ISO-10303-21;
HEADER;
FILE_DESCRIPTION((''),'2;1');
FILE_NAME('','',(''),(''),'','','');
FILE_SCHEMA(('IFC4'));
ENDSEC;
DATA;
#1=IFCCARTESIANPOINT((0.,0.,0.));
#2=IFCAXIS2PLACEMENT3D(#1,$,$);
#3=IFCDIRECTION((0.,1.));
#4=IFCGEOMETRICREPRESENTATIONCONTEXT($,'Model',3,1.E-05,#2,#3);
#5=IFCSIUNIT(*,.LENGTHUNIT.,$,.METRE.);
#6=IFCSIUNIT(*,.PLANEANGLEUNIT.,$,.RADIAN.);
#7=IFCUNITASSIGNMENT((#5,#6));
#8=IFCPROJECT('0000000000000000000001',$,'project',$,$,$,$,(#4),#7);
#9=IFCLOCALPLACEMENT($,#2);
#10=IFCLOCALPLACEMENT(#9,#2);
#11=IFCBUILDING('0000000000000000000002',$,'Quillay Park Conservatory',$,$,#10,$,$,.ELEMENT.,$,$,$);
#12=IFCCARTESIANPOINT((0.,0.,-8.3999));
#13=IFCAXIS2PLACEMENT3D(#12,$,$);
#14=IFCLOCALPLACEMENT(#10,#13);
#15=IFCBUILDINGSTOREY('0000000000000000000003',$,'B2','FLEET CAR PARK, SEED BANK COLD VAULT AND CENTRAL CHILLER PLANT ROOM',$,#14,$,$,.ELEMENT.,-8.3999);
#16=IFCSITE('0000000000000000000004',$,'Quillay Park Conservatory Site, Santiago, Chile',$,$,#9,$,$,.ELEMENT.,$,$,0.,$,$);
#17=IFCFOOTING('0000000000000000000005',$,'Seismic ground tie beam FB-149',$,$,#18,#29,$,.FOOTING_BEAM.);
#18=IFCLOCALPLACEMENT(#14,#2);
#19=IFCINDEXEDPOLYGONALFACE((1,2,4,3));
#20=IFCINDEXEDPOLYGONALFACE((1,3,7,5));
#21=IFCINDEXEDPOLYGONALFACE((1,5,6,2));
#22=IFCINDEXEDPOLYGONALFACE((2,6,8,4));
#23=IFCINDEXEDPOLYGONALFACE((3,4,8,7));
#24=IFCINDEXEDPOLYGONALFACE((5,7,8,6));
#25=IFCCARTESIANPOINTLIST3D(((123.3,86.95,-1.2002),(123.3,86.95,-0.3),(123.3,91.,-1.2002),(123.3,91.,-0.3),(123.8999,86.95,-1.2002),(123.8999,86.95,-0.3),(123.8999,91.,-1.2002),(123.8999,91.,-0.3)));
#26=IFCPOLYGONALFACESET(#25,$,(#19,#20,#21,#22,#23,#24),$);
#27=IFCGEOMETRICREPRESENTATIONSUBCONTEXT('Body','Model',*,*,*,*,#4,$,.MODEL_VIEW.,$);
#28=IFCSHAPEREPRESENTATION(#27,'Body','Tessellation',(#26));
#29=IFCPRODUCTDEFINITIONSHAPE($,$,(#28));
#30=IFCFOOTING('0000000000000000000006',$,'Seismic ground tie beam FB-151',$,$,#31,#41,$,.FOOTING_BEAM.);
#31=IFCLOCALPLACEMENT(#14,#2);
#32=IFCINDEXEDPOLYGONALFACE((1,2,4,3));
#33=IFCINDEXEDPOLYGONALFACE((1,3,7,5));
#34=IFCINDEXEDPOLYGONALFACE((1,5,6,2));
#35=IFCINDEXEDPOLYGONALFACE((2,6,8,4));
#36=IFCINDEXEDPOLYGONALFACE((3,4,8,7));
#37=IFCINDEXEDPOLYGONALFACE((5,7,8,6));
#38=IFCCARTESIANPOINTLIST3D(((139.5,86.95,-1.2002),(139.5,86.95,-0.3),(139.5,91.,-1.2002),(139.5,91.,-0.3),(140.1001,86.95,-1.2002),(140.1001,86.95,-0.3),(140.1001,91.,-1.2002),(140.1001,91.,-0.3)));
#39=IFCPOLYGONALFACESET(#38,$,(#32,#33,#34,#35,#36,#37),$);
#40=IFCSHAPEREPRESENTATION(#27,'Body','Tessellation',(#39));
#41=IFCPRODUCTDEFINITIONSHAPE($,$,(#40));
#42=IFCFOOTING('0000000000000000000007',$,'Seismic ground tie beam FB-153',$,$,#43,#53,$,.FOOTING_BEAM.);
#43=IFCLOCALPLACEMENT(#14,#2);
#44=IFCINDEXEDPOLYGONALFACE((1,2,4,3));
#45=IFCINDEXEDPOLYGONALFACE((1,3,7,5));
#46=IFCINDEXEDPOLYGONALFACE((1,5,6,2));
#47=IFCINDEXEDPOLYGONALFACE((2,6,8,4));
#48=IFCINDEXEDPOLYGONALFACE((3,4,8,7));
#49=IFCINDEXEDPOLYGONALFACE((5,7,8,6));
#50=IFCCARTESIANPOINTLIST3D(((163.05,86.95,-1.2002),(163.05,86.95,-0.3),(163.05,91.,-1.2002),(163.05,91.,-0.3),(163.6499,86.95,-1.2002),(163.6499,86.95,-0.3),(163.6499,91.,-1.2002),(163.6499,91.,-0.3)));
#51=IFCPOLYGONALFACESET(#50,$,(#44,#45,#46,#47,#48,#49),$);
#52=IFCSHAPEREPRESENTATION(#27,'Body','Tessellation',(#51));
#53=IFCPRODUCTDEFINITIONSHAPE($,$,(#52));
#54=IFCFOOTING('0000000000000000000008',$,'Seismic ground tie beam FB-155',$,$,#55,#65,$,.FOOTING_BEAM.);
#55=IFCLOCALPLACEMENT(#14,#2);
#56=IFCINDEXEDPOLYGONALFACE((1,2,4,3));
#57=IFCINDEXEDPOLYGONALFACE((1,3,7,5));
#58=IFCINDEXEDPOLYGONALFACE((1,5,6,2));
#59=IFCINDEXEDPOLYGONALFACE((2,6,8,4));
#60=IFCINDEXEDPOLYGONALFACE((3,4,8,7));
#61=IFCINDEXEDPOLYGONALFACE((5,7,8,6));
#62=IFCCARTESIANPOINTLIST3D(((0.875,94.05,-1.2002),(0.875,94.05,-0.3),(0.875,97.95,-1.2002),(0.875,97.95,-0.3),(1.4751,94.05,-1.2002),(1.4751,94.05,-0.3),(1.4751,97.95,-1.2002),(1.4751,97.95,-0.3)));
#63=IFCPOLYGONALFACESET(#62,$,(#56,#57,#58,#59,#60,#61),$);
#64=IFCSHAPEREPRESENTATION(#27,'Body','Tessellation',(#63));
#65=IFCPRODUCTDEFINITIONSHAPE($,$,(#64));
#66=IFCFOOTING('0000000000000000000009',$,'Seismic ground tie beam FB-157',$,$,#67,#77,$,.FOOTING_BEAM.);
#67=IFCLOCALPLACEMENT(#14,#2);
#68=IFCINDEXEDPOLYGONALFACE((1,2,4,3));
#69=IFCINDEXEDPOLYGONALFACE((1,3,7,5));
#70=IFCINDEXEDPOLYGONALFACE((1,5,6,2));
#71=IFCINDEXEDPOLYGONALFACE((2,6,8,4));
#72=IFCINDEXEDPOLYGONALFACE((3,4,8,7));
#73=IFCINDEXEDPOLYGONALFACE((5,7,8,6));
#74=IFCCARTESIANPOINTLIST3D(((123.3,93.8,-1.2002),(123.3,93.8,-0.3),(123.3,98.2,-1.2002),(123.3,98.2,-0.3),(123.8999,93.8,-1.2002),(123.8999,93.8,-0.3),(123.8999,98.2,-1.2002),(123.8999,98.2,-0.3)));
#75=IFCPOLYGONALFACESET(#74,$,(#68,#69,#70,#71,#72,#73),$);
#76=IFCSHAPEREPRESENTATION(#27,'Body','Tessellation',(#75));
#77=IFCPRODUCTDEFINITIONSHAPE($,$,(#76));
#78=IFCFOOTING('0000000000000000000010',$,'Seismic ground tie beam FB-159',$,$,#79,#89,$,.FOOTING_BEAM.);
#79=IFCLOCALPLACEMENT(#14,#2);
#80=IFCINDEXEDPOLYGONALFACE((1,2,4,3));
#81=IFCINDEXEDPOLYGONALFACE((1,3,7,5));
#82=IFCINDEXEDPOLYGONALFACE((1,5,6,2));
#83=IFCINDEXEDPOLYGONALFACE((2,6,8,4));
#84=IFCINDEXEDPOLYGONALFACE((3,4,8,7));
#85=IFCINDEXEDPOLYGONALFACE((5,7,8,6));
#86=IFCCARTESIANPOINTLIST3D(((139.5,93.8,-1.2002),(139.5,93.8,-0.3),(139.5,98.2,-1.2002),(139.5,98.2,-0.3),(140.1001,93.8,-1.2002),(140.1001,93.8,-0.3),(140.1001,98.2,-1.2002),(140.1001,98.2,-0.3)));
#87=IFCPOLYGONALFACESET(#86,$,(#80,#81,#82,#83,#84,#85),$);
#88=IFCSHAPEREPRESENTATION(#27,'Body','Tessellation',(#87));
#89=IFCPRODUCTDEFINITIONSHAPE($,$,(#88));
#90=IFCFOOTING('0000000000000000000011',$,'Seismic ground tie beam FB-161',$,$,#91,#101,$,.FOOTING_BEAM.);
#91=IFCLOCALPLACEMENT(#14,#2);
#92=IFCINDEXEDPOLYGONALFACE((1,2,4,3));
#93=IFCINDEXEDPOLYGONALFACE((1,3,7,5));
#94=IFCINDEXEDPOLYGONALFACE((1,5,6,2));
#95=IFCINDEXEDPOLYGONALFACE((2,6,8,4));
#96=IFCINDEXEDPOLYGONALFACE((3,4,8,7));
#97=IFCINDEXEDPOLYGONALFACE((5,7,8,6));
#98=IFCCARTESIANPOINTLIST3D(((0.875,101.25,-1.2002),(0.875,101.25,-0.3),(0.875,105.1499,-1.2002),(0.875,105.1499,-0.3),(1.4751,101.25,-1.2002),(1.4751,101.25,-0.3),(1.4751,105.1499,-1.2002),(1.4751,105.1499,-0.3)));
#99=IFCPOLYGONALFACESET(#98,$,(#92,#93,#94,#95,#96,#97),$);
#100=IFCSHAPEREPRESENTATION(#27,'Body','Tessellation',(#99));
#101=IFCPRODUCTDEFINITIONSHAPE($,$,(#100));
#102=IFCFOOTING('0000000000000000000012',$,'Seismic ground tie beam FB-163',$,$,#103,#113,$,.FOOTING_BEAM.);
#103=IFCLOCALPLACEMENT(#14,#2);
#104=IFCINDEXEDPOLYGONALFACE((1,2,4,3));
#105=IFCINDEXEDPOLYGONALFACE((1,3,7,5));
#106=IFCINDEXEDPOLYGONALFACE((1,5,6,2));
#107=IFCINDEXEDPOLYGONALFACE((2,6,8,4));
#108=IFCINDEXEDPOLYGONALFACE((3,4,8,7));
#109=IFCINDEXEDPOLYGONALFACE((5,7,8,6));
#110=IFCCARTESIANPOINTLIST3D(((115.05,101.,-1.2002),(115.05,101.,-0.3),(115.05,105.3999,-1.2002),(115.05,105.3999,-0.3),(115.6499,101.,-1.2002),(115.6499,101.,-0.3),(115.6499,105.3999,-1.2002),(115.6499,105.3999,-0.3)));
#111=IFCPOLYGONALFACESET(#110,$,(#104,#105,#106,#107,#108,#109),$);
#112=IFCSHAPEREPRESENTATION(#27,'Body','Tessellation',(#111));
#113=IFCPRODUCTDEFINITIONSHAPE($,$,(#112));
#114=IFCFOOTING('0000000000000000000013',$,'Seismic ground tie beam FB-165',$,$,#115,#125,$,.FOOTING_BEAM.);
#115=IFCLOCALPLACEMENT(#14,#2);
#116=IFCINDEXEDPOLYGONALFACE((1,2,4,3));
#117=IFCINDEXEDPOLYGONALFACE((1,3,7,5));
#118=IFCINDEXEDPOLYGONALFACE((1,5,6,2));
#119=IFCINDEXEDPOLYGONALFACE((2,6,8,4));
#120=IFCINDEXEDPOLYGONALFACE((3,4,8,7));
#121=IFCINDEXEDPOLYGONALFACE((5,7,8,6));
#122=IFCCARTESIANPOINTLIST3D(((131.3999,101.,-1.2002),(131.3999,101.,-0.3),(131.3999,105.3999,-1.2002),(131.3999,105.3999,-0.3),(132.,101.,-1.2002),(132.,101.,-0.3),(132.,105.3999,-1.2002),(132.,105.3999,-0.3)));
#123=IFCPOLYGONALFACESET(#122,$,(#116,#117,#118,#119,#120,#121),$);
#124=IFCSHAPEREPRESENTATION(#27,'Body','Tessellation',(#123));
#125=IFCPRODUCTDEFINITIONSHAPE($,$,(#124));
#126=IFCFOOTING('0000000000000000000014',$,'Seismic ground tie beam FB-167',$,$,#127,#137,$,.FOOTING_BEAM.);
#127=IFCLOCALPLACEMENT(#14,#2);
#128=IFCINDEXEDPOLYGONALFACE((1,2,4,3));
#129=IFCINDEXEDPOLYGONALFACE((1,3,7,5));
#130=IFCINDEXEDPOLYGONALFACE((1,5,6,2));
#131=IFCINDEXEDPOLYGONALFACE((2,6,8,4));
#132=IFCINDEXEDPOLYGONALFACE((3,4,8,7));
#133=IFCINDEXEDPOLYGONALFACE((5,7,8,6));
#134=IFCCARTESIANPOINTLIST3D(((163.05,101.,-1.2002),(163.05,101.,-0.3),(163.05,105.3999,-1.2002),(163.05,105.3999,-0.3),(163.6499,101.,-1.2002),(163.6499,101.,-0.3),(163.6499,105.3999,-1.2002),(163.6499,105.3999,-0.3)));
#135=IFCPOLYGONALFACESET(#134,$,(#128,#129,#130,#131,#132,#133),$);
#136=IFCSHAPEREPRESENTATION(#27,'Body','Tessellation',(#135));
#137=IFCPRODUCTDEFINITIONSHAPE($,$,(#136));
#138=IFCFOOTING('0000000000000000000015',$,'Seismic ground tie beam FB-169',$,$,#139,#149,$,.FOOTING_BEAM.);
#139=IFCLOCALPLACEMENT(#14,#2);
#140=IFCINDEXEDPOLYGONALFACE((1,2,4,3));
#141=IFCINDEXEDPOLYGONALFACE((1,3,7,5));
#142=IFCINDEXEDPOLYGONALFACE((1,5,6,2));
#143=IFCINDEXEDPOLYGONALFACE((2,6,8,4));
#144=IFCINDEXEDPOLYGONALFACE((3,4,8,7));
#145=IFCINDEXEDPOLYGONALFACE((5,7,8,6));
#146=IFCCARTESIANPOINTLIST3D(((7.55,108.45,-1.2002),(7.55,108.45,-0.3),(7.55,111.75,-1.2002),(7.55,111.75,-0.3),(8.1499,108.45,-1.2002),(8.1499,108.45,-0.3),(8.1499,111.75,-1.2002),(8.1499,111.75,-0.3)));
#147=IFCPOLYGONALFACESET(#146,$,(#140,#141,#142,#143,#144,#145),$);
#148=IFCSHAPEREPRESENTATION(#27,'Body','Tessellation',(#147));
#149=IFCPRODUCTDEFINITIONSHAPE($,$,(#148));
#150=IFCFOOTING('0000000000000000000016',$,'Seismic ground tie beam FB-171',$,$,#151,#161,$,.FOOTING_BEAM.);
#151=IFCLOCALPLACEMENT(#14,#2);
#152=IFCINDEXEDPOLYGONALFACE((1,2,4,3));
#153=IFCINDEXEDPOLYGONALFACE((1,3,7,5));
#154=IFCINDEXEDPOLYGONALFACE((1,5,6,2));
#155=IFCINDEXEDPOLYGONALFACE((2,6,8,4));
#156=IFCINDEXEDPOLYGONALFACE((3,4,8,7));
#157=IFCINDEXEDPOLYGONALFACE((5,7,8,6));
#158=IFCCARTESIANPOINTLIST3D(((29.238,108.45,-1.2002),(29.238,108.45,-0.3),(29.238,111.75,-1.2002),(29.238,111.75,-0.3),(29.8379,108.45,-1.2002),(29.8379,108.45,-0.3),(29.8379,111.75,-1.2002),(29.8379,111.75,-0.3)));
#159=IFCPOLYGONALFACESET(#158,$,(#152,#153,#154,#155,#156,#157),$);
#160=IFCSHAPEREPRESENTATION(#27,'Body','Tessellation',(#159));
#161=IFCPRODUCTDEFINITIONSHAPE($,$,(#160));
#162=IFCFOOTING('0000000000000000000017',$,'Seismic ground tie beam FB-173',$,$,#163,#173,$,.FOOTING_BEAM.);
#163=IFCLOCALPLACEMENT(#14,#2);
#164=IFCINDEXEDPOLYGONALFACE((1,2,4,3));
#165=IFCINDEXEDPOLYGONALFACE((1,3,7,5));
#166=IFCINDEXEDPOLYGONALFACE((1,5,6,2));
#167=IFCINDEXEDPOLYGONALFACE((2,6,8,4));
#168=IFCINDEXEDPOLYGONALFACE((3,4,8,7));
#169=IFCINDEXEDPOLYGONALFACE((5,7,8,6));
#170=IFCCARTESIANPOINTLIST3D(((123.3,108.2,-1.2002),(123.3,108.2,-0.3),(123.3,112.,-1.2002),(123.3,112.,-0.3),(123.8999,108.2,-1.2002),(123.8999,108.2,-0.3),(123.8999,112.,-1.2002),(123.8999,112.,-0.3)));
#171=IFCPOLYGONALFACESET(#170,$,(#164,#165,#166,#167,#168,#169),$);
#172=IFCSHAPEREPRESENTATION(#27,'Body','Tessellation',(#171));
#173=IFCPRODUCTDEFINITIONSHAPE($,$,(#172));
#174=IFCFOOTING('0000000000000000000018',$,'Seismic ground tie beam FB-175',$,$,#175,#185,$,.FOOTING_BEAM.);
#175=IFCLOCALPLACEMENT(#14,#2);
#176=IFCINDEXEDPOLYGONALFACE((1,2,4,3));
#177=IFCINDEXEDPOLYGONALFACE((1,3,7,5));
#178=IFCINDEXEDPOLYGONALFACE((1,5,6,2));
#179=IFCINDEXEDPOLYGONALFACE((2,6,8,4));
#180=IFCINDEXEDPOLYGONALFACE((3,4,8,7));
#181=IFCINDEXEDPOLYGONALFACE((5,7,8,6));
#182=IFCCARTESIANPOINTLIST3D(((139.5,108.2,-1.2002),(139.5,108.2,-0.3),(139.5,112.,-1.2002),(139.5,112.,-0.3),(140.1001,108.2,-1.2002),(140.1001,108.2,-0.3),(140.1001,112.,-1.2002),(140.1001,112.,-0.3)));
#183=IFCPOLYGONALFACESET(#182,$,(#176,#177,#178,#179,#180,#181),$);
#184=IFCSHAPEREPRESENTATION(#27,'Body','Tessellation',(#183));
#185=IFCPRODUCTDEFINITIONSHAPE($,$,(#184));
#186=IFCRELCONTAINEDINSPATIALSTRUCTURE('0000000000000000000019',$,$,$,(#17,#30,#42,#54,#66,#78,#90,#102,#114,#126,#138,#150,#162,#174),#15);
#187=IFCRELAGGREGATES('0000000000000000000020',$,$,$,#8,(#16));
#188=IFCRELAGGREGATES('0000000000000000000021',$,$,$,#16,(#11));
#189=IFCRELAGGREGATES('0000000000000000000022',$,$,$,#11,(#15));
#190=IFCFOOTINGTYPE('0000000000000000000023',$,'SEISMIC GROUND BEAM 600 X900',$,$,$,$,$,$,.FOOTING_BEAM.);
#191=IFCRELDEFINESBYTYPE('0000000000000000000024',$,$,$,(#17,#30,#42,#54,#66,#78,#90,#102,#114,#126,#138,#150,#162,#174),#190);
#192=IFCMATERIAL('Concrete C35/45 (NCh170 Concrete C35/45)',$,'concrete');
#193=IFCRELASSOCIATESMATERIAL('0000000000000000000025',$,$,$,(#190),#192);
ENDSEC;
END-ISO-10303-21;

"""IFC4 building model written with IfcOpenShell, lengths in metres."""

from ifc_helpers import new_model, si_unit, direction, frame, origin, place, context, subcontext, project, spatial, polyline, outline, extrude, material, type_object, element, save


model = new_model("IFC4")

# Units and contexts
model_context = context("Model", 3, precision=1e-05, world=origin(), true_north=direction((0.0, 1.0)))
body_context = subcontext(model_context, "Body", "Model", "MODEL_VIEW")
ifc_project = project(units=[si_unit("LENGTHUNIT", "METRE"), si_unit("PLANEANGLEUNIT", "RADIAN")], contexts=[model_context])

# Site, building, storey
site_placement = place(None, origin())
site = spatial("IfcSite", under=ifc_project, at=site_placement, Name="Quillay Park Conservatory Site, Santiago, Chile", CompositionType="ELEMENT", RefElevation=0.0)
building_placement = place(site_placement, origin())
building = spatial("IfcBuilding", under=site, at=building_placement, Name="Quillay Park Conservatory", CompositionType="ELEMENT")
storey_placement = place(building_placement, frame((0.0, 0.0, -8.3999)))
storey = spatial("IfcBuildingStorey", under=building, at=storey_placement, Name="B2", Description="FLEET CAR PARK, SEED BANK COLD VAULT AND CENTRAL CHILLER PLANT ROOM", CompositionType="ELEMENT", Elevation=-8.3999)

# Footings
ifc_material_1 = material(Name="Concrete C35/45 (NCh170 Concrete C35/45)", Category="concrete")
footing_type_1 = type_object("IfcFootingType", Name="SEISMIC GROUND BEAM 600 X900", PredefinedType="FOOTING_BEAM", material=ifc_material_1)
footing_1_placement = place(storey_placement, frame((0.0, 0.0, -1.2002)))
element("IfcFooting", 1, at=footing_1_placement, inside=storey, type_object=footing_type_1, Name="Seismic ground tie beam FB-149", PredefinedType="FOOTING_BEAM", context=body_context, shape_type="SweptSolid", body=[
    extrude(outline(polyline([(123.3, 86.95), (123.8999, 86.95), (123.8999, 91.0), (123.3, 91.0), (123.3, 86.95)])), origin(), (0.0, 0.0, 1.0), 0.9001),
])
footing_2_placement = place(storey_placement, frame((0.0, 0.0, -1.2002)))
element("IfcFooting", 2, at=footing_2_placement, inside=storey, type_object=footing_type_1, Name="Seismic ground tie beam FB-151", PredefinedType="FOOTING_BEAM", context=body_context, shape_type="SweptSolid", body=[
    extrude(outline(polyline([(139.5, 86.95), (140.1001, 86.95), (140.1001, 91.0), (139.5, 91.0), (139.5, 86.95)])), origin(), (0.0, 0.0, 1.0), 0.9001),
])
footing_3_placement = place(storey_placement, frame((0.0, 0.0, -1.2002)))
element("IfcFooting", 3, at=footing_3_placement, inside=storey, type_object=footing_type_1, Name="Seismic ground tie beam FB-153", PredefinedType="FOOTING_BEAM", context=body_context, shape_type="SweptSolid", body=[
    extrude(outline(polyline([(163.05, 86.95), (163.6499, 86.95), (163.6499, 91.0), (163.05, 91.0), (163.05, 86.95)])), origin(), (0.0, 0.0, 1.0), 0.9001),
])
footing_4_placement = place(storey_placement, frame((0.0, 0.0, -1.2002)))
element("IfcFooting", 4, at=footing_4_placement, inside=storey, type_object=footing_type_1, Name="Seismic ground tie beam FB-155", PredefinedType="FOOTING_BEAM", context=body_context, shape_type="SweptSolid", body=[
    extrude(outline(polyline([(0.875, 94.05), (1.4751, 94.05), (1.4751, 97.95), (0.875, 97.95), (0.875, 94.05)])), origin(), (0.0, 0.0, 1.0), 0.9001),
])
footing_5_placement = place(storey_placement, frame((0.0, 0.0, -1.2002)))
element("IfcFooting", 5, at=footing_5_placement, inside=storey, type_object=footing_type_1, Name="Seismic ground tie beam FB-157", PredefinedType="FOOTING_BEAM", context=body_context, shape_type="SweptSolid", body=[
    extrude(outline(polyline([(123.3, 93.8), (123.8999, 93.8), (123.8999, 98.2), (123.3, 98.2), (123.3, 93.8)])), origin(), (0.0, 0.0, 1.0), 0.9001),
])
footing_6_placement = place(storey_placement, frame((0.0, 0.0, -1.2002)))
element("IfcFooting", 6, at=footing_6_placement, inside=storey, type_object=footing_type_1, Name="Seismic ground tie beam FB-159", PredefinedType="FOOTING_BEAM", context=body_context, shape_type="SweptSolid", body=[
    extrude(outline(polyline([(139.5, 93.8), (140.1001, 93.8), (140.1001, 98.2), (139.5, 98.2), (139.5, 93.8)])), origin(), (0.0, 0.0, 1.0), 0.9001),
])
footing_7_placement = place(storey_placement, frame((0.0, 0.0, -1.2002)))
element("IfcFooting", 7, at=footing_7_placement, inside=storey, type_object=footing_type_1, Name="Seismic ground tie beam FB-161", PredefinedType="FOOTING_BEAM", context=body_context, shape_type="SweptSolid", body=[
    extrude(outline(polyline([(0.875, 101.25), (1.4751, 101.25), (1.4751, 105.1499), (0.875, 105.1499), (0.875, 101.25)])), origin(), (0.0, 0.0, 1.0), 0.9001),
])
footing_8_placement = place(storey_placement, frame((0.0, 0.0, -1.2002)))
element("IfcFooting", 8, at=footing_8_placement, inside=storey, type_object=footing_type_1, Name="Seismic ground tie beam FB-163", PredefinedType="FOOTING_BEAM", context=body_context, shape_type="SweptSolid", body=[
    extrude(outline(polyline([(115.05, 101.0), (115.6499, 101.0), (115.6499, 105.3999), (115.05, 105.3999), (115.05, 101.0)])), origin(), (0.0, 0.0, 1.0), 0.9001),
])
footing_9_placement = place(storey_placement, frame((0.0, 0.0, -1.2002)))
element("IfcFooting", 9, at=footing_9_placement, inside=storey, type_object=footing_type_1, Name="Seismic ground tie beam FB-165", PredefinedType="FOOTING_BEAM", context=body_context, shape_type="SweptSolid", body=[
    extrude(outline(polyline([(131.3999, 101.0), (132.0, 101.0), (132.0, 105.3999), (131.3999, 105.3999), (131.3999, 101.0)])), origin(), (0.0, 0.0, 1.0), 0.9001),
])
footing_10_placement = place(storey_placement, frame((0.0, 0.0, -1.2002)))
element("IfcFooting", 10, at=footing_10_placement, inside=storey, type_object=footing_type_1, Name="Seismic ground tie beam FB-167", PredefinedType="FOOTING_BEAM", context=body_context, shape_type="SweptSolid", body=[
    extrude(outline(polyline([(163.05, 101.0), (163.6499, 101.0), (163.6499, 105.3999), (163.05, 105.3999), (163.05, 101.0)])), origin(), (0.0, 0.0, 1.0), 0.9001),
])
footing_11_placement = place(storey_placement, frame((0.0, 0.0, -1.2002)))
element("IfcFooting", 11, at=footing_11_placement, inside=storey, type_object=footing_type_1, Name="Seismic ground tie beam FB-169", PredefinedType="FOOTING_BEAM", context=body_context, shape_type="SweptSolid", body=[
    extrude(outline(polyline([(7.55, 108.45), (8.1499, 108.45), (8.1499, 111.75), (7.55, 111.75), (7.55, 108.45)])), origin(), (0.0, 0.0, 1.0), 0.9001),
])
footing_12_placement = place(storey_placement, frame((0.0, 0.0, -1.2002)))
element("IfcFooting", 12, at=footing_12_placement, inside=storey, type_object=footing_type_1, Name="Seismic ground tie beam FB-171", PredefinedType="FOOTING_BEAM", context=body_context, shape_type="SweptSolid", body=[
    extrude(outline(polyline([(29.238, 108.45), (29.8379, 108.45), (29.8379, 111.75), (29.238, 111.75), (29.238, 108.45)])), origin(), (0.0, 0.0, 1.0), 0.9001),
])
footing_13_placement = place(storey_placement, frame((0.0, 0.0, -1.2002)))
element("IfcFooting", 13, at=footing_13_placement, inside=storey, type_object=footing_type_1, Name="Seismic ground tie beam FB-173", PredefinedType="FOOTING_BEAM", context=body_context, shape_type="SweptSolid", body=[
    extrude(outline(polyline([(123.3, 108.2), (123.8999, 108.2), (123.8999, 112.0), (123.3, 112.0), (123.3, 108.2)])), origin(), (0.0, 0.0, 1.0), 0.9001),
])
footing_14_placement = place(storey_placement, frame((0.0, 0.0, -1.2002)))
element("IfcFooting", 14, at=footing_14_placement, inside=storey, type_object=footing_type_1, Name="Seismic ground tie beam FB-175", PredefinedType="FOOTING_BEAM", context=body_context, shape_type="SweptSolid", body=[
    extrude(outline(polyline([(139.5, 108.2), (140.1001, 108.2), (140.1001, 112.0), (139.5, 112.0), (139.5, 108.2)])), origin(), (0.0, 0.0, 1.0), 0.9001),
])

save(model, "model.ifc")
